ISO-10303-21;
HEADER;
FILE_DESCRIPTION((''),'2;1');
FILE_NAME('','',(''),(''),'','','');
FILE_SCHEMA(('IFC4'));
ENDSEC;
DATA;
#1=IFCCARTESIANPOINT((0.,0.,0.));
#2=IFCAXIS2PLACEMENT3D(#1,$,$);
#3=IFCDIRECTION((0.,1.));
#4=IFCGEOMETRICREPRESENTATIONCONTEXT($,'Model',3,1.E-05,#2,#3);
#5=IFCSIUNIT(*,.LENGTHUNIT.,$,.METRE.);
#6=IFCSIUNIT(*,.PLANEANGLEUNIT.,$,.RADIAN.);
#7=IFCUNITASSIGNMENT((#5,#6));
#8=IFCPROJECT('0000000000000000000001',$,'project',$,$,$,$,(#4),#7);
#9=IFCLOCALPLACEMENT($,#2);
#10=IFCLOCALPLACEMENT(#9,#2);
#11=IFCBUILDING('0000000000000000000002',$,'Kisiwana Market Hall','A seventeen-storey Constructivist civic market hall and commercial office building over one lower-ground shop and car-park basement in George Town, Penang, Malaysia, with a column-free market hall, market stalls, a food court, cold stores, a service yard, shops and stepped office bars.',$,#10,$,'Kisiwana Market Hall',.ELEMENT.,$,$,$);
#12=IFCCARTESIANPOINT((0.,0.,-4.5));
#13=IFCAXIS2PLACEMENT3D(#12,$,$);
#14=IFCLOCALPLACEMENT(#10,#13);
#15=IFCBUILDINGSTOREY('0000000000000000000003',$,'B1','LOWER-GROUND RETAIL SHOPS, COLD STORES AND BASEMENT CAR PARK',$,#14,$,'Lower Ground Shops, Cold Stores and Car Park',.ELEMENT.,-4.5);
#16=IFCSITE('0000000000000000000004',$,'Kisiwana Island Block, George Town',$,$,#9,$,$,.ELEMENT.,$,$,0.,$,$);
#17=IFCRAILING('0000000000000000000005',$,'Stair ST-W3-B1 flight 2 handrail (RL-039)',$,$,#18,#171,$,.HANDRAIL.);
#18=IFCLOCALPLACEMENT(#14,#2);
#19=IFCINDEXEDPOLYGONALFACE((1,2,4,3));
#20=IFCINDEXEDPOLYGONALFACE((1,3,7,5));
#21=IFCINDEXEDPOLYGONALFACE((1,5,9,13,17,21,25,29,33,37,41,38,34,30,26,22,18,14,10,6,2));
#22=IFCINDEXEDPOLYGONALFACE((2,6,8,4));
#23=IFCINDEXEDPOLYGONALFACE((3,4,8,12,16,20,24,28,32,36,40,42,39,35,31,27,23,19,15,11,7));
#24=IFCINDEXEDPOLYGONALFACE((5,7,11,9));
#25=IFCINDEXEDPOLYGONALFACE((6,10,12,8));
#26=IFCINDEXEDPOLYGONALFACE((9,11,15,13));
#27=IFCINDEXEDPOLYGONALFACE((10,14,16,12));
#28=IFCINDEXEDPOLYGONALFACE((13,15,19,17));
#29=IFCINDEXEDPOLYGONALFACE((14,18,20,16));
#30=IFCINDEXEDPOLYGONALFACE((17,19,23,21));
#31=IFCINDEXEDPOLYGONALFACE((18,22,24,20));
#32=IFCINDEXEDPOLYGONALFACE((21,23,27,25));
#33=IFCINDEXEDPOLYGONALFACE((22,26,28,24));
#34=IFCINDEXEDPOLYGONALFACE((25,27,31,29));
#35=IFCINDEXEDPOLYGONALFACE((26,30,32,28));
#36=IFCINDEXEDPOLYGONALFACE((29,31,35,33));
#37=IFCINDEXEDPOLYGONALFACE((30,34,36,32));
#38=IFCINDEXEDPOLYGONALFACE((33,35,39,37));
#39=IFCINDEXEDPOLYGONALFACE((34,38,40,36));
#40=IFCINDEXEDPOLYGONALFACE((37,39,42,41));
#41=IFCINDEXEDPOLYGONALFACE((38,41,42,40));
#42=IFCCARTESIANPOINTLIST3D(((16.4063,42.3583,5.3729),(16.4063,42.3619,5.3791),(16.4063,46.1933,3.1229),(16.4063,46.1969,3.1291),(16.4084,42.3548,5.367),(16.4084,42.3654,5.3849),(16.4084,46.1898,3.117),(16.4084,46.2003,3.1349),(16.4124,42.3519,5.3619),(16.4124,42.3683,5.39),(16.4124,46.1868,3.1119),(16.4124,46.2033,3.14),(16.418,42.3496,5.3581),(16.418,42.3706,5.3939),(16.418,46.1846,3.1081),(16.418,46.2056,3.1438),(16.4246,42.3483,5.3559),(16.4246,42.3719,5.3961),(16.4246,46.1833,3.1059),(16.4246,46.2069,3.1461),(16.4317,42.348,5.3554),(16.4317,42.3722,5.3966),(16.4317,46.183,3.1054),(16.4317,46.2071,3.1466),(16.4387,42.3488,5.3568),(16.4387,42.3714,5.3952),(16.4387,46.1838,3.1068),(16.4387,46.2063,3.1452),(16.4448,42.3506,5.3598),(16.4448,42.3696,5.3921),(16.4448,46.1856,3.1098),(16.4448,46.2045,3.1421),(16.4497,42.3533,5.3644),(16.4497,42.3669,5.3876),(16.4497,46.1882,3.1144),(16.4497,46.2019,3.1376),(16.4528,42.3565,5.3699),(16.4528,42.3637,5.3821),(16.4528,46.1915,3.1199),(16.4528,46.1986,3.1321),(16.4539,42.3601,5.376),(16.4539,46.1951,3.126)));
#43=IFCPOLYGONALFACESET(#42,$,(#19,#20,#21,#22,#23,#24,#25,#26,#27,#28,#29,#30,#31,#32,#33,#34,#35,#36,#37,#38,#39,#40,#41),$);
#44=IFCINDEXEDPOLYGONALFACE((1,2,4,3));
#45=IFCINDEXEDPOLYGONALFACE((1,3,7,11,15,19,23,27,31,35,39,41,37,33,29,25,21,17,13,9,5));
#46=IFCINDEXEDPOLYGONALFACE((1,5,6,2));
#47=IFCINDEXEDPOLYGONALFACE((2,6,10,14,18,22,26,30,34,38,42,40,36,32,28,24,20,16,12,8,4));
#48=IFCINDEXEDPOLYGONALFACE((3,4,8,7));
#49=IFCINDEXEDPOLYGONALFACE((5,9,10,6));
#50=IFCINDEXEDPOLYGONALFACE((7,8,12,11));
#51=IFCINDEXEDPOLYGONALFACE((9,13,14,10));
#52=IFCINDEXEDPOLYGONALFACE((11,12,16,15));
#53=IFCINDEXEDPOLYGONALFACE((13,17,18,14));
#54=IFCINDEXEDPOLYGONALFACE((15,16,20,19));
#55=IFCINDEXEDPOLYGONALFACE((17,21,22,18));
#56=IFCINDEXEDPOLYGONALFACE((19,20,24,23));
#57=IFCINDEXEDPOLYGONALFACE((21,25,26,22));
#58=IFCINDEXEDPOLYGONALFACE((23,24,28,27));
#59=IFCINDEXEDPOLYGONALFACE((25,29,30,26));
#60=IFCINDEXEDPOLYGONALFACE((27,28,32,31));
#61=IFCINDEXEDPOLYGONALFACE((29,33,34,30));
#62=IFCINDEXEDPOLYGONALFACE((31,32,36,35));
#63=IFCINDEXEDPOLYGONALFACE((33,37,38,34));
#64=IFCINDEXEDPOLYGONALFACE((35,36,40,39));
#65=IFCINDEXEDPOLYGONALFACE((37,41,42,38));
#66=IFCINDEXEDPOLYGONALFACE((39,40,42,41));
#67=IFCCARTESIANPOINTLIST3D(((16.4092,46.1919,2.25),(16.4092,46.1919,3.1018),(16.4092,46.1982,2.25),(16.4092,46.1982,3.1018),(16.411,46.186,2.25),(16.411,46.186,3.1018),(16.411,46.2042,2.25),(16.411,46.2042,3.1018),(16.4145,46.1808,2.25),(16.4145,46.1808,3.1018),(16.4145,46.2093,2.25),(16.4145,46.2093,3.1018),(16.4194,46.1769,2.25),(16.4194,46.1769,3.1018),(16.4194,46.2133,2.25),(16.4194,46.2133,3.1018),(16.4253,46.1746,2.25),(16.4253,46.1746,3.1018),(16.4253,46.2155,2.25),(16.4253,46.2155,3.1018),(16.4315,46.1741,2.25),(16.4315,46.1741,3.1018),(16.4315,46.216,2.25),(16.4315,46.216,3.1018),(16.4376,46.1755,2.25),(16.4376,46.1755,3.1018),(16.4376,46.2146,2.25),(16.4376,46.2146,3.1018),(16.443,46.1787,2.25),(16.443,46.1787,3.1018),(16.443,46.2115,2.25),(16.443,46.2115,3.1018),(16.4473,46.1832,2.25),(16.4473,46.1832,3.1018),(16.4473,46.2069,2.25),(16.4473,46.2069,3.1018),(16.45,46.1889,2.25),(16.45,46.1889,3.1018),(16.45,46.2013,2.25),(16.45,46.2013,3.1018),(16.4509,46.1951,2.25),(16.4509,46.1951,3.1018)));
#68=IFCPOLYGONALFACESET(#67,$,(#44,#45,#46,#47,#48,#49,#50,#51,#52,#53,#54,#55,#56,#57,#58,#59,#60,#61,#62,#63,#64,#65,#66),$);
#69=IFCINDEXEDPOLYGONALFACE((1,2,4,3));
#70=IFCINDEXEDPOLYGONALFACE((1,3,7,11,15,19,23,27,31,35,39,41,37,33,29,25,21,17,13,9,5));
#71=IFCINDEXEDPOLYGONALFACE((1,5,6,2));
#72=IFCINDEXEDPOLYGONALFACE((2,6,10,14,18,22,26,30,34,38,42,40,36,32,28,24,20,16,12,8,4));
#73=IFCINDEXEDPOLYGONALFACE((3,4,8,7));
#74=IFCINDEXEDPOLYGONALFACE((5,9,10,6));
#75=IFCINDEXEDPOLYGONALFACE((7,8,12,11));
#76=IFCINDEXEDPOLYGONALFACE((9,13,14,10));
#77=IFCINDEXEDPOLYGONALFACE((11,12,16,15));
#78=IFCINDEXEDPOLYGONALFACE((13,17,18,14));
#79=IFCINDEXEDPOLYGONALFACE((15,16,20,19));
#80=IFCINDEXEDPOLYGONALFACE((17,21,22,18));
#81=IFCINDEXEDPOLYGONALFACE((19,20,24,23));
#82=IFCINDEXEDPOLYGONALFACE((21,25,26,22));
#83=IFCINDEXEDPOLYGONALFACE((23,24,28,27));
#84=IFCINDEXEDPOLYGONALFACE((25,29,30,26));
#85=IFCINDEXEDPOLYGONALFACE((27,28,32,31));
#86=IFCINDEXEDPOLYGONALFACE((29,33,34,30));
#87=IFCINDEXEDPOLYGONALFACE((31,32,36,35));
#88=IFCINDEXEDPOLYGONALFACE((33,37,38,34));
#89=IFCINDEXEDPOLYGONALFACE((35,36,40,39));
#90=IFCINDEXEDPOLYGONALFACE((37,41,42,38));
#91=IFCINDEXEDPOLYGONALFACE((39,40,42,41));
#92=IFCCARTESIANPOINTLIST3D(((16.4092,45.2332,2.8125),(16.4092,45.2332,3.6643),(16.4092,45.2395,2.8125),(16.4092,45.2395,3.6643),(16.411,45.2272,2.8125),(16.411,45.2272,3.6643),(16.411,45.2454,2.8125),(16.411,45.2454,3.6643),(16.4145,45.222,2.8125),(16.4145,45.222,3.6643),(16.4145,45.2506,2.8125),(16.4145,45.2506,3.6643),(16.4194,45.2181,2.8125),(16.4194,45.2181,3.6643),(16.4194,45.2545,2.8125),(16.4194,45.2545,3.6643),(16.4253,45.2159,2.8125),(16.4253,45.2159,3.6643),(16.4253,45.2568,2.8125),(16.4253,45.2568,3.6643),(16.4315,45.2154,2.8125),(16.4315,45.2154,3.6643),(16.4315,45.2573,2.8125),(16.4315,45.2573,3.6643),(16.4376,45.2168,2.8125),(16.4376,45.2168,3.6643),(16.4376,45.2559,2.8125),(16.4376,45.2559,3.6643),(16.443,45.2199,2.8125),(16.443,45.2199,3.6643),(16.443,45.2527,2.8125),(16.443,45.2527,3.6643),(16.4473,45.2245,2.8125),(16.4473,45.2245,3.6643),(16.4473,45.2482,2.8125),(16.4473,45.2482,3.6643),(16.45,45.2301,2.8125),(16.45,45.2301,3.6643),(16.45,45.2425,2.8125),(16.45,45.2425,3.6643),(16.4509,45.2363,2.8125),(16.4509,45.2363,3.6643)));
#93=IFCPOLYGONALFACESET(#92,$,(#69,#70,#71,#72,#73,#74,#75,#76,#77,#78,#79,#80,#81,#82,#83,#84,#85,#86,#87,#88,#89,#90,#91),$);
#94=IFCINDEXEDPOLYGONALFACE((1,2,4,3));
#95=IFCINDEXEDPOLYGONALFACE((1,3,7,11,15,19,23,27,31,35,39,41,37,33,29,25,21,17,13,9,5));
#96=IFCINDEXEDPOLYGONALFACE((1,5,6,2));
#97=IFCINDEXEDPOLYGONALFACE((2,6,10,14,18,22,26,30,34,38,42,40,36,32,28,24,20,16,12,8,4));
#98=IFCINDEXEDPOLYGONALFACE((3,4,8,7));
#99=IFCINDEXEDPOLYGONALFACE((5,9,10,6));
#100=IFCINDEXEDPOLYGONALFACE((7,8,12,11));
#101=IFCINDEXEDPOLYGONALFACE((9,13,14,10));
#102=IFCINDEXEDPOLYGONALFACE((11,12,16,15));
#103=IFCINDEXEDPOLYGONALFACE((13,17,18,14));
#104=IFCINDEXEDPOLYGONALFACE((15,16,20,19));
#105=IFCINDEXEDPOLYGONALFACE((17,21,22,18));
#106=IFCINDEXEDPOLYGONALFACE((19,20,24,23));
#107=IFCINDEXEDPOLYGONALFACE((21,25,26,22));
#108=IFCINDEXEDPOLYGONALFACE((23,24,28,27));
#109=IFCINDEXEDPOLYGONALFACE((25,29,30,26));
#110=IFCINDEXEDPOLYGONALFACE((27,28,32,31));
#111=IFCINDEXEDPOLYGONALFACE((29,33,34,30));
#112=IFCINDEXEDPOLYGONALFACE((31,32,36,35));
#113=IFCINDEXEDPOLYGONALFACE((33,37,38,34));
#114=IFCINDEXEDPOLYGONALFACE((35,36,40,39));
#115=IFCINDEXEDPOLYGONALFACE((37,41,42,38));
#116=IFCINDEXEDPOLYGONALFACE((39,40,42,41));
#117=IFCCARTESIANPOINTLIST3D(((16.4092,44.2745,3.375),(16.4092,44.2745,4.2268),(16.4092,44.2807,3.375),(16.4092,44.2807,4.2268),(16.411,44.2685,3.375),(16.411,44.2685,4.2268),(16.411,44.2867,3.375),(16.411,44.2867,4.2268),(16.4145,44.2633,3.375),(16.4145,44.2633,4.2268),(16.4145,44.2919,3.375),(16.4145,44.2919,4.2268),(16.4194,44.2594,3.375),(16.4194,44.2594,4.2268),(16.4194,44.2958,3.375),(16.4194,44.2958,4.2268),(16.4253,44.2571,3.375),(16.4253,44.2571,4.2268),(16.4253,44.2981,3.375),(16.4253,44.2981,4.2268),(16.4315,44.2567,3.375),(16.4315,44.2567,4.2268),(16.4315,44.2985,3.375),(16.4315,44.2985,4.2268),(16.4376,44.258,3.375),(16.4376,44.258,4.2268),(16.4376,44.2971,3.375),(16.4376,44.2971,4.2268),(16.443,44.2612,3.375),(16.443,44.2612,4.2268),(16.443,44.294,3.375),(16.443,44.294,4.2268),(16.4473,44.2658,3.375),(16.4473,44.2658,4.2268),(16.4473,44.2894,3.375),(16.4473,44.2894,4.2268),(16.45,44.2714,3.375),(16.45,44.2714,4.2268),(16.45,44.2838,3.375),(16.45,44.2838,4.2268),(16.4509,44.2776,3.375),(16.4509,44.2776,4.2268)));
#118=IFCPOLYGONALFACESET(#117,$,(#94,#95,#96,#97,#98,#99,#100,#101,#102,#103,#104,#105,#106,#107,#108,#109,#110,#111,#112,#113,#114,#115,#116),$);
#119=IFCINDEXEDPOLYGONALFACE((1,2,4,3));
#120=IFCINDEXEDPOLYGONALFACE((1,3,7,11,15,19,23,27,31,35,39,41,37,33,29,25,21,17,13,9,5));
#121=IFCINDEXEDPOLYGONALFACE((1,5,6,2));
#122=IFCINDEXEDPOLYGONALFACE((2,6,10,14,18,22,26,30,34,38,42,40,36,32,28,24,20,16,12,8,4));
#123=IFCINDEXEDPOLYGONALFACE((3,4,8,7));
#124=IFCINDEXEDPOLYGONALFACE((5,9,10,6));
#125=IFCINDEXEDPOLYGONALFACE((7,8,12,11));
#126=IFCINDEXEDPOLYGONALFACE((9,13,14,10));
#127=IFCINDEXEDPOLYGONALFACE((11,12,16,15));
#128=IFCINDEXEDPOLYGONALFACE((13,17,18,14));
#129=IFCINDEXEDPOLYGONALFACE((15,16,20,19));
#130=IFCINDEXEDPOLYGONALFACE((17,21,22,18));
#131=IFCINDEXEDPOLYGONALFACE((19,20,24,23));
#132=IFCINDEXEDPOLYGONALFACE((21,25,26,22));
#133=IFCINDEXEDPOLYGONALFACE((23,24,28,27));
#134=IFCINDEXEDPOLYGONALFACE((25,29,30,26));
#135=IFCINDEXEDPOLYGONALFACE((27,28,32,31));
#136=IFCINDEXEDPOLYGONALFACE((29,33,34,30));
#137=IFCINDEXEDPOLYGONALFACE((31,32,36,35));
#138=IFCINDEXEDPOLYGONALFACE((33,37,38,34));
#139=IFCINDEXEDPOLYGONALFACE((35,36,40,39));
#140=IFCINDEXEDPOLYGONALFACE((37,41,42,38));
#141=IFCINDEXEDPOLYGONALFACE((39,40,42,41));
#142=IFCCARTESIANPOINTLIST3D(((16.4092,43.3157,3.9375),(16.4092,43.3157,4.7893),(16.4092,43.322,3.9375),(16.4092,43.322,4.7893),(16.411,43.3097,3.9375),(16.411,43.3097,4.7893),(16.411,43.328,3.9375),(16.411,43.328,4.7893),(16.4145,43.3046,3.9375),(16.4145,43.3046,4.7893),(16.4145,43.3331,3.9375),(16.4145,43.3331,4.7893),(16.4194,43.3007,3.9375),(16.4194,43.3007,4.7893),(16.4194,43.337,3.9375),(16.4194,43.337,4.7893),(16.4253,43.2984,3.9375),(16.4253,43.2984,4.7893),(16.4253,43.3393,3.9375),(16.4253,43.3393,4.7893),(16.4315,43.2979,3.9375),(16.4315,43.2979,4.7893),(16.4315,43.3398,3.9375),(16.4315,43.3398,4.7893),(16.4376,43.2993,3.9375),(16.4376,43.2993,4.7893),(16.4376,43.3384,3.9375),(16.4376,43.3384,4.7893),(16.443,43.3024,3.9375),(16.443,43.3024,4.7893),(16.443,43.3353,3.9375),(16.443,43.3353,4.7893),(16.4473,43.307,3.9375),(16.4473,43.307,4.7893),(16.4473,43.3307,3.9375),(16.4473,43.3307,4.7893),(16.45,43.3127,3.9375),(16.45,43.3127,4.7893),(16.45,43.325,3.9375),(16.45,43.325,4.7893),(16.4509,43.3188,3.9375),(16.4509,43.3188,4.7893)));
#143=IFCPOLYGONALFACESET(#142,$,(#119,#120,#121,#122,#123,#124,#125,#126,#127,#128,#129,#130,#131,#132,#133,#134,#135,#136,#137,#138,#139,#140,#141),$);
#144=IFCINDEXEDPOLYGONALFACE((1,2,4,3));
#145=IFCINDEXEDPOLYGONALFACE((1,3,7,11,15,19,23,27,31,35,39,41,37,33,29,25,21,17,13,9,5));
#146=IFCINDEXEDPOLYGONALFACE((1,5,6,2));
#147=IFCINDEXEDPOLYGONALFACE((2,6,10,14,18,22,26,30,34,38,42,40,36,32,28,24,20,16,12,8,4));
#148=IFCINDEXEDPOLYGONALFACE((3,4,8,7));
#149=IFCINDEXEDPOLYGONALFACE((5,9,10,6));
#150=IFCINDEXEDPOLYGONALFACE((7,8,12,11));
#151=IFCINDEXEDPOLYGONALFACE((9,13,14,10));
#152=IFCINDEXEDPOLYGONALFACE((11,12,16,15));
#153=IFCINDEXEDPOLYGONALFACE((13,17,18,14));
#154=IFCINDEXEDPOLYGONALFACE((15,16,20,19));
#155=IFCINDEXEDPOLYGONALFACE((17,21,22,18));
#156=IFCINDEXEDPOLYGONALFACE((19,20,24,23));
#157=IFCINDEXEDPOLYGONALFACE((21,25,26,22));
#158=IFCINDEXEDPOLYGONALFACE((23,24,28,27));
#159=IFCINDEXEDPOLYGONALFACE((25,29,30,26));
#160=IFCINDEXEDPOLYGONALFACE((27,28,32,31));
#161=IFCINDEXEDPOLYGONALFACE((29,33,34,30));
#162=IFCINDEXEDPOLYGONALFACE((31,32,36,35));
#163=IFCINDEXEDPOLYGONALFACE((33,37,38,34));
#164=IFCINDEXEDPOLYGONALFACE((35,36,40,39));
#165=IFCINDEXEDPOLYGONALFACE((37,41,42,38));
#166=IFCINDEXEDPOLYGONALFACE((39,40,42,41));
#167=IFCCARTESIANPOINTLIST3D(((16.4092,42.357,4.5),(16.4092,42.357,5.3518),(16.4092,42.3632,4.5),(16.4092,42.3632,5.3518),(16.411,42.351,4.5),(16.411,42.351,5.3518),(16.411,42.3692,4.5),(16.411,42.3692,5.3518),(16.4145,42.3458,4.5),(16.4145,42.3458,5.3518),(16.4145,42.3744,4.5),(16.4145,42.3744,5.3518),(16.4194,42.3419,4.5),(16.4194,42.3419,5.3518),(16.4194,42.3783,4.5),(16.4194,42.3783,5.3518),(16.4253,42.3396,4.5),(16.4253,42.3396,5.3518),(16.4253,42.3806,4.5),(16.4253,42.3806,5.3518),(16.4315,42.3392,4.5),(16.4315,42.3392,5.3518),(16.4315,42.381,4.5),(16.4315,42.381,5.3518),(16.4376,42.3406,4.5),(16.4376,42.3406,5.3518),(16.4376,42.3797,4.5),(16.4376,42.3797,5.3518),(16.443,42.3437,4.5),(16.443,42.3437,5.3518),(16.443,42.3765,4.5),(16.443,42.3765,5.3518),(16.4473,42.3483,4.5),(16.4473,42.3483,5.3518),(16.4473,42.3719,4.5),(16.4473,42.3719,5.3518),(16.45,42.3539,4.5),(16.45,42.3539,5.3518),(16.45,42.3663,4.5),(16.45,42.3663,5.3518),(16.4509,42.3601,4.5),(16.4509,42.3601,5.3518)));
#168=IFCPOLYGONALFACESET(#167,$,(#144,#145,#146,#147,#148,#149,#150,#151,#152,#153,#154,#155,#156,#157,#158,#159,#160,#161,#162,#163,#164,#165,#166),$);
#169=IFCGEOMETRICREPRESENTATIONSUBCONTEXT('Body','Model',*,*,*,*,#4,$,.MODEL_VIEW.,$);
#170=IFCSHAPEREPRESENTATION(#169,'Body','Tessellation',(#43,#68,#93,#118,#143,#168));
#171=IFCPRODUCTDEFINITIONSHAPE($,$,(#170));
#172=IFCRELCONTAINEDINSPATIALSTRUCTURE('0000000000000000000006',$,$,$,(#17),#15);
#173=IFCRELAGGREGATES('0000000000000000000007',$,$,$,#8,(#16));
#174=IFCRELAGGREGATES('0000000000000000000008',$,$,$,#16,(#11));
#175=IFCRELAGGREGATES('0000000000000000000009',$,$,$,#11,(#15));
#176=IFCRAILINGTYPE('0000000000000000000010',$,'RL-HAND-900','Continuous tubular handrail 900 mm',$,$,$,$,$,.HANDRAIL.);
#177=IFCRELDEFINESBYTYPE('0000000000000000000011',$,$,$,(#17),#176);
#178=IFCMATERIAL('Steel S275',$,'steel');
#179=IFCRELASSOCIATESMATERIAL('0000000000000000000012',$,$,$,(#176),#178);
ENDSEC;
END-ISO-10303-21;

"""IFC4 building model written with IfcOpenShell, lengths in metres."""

from ifc_helpers import new_model, si_unit, direction, frame, origin, origin_2d, place, context, subcontext, project, spatial, circle, extrude, material, type_object, element, save


model = new_model("IFC4")

# Units and contexts
model_context = context("Model", 3, precision=1e-05, world=origin(), true_north=direction((0.0, 1.0)))
body_context = subcontext(model_context, "Body", "Model", "MODEL_VIEW")
ifc_project = project(units=[si_unit("LENGTHUNIT", "METRE"), si_unit("PLANEANGLEUNIT", "RADIAN")], contexts=[model_context])

# Site, building, storey
site_placement = place(None, origin())
site = spatial("IfcSite", under=ifc_project, at=site_placement, Name="Kisiwana Island Block, George Town", CompositionType="ELEMENT", RefElevation=0.0)
building_placement = place(site_placement, origin())
building = spatial("IfcBuilding", under=site, at=building_placement, Name="Kisiwana Market Hall", Description="A seventeen-storey Constructivist civic market hall and commercial office building over one lower-ground shop and car-park basement in George Town, Penang, Malaysia, with a column-free market hall, market stalls, a food court, cold stores, a service yard, shops and stepped office bars.", LongName="Kisiwana Market Hall", CompositionType="ELEMENT")
storey_placement = place(building_placement, frame((0.0, 0.0, -4.5)))
storey = spatial("IfcBuildingStorey", under=building, at=storey_placement, Name="B1", Description="LOWER-GROUND RETAIL SHOPS, COLD STORES AND BASEMENT CAR PARK", LongName="Lower Ground Shops, Cold Stores and Car Park", CompositionType="ELEMENT", Elevation=-4.5)

# Railing
ifc_material_1 = material(Name="Steel S275", Category="steel")
railing_type_1 = type_object("IfcRailingType", Name="RL-HAND-900", Description="Continuous tubular handrail 900 mm", PredefinedType="HANDRAIL", material=ifc_material_1)
railing_1_placement = place(storey_placement, frame((16.4299, 46.1951, 2.25)))
element("IfcRailing", 1, at=railing_1_placement, inside=storey, type_object=railing_type_1, Name="Stair ST-W3-B1 flight 2 handrail (RL-039)", PredefinedType="HANDRAIL", context=body_context, shape_type="SweptSolid", body=[
    extrude(circle(Radius=0.0239, at=origin_2d()), frame((0.0, 0.0, 0.876), z_axis=(0.0, -0.86251, 0.506041), x_axis=(1.0, 0.0, 0.0)), (0.0, 0.0, 1.0), 4.4463),
    extrude(circle(Radius=0.021, at=origin_2d()), origin(), (0.0, 0.0, 1.0), 0.8518),
    extrude(circle(Radius=0.021, at=origin_2d()), frame((0.0, -0.9587, 0.5625)), (0.0, 0.0, 1.0), 0.8518),
    extrude(circle(Radius=0.021, at=origin_2d()), frame((0.0, -1.9175, 1.125)), (0.0, 0.0, 1.0), 0.8518),
    extrude(circle(Radius=0.021, at=origin_2d()), frame((0.0, -2.8762, 1.6875)), (0.0, 0.0, 1.0), 0.8518),
    extrude(circle(Radius=0.021, at=origin_2d()), frame((0.0, -3.835, 2.25)), (0.0, 0.0, 1.0), 0.8518),
])

save(model, "model.ifc")
